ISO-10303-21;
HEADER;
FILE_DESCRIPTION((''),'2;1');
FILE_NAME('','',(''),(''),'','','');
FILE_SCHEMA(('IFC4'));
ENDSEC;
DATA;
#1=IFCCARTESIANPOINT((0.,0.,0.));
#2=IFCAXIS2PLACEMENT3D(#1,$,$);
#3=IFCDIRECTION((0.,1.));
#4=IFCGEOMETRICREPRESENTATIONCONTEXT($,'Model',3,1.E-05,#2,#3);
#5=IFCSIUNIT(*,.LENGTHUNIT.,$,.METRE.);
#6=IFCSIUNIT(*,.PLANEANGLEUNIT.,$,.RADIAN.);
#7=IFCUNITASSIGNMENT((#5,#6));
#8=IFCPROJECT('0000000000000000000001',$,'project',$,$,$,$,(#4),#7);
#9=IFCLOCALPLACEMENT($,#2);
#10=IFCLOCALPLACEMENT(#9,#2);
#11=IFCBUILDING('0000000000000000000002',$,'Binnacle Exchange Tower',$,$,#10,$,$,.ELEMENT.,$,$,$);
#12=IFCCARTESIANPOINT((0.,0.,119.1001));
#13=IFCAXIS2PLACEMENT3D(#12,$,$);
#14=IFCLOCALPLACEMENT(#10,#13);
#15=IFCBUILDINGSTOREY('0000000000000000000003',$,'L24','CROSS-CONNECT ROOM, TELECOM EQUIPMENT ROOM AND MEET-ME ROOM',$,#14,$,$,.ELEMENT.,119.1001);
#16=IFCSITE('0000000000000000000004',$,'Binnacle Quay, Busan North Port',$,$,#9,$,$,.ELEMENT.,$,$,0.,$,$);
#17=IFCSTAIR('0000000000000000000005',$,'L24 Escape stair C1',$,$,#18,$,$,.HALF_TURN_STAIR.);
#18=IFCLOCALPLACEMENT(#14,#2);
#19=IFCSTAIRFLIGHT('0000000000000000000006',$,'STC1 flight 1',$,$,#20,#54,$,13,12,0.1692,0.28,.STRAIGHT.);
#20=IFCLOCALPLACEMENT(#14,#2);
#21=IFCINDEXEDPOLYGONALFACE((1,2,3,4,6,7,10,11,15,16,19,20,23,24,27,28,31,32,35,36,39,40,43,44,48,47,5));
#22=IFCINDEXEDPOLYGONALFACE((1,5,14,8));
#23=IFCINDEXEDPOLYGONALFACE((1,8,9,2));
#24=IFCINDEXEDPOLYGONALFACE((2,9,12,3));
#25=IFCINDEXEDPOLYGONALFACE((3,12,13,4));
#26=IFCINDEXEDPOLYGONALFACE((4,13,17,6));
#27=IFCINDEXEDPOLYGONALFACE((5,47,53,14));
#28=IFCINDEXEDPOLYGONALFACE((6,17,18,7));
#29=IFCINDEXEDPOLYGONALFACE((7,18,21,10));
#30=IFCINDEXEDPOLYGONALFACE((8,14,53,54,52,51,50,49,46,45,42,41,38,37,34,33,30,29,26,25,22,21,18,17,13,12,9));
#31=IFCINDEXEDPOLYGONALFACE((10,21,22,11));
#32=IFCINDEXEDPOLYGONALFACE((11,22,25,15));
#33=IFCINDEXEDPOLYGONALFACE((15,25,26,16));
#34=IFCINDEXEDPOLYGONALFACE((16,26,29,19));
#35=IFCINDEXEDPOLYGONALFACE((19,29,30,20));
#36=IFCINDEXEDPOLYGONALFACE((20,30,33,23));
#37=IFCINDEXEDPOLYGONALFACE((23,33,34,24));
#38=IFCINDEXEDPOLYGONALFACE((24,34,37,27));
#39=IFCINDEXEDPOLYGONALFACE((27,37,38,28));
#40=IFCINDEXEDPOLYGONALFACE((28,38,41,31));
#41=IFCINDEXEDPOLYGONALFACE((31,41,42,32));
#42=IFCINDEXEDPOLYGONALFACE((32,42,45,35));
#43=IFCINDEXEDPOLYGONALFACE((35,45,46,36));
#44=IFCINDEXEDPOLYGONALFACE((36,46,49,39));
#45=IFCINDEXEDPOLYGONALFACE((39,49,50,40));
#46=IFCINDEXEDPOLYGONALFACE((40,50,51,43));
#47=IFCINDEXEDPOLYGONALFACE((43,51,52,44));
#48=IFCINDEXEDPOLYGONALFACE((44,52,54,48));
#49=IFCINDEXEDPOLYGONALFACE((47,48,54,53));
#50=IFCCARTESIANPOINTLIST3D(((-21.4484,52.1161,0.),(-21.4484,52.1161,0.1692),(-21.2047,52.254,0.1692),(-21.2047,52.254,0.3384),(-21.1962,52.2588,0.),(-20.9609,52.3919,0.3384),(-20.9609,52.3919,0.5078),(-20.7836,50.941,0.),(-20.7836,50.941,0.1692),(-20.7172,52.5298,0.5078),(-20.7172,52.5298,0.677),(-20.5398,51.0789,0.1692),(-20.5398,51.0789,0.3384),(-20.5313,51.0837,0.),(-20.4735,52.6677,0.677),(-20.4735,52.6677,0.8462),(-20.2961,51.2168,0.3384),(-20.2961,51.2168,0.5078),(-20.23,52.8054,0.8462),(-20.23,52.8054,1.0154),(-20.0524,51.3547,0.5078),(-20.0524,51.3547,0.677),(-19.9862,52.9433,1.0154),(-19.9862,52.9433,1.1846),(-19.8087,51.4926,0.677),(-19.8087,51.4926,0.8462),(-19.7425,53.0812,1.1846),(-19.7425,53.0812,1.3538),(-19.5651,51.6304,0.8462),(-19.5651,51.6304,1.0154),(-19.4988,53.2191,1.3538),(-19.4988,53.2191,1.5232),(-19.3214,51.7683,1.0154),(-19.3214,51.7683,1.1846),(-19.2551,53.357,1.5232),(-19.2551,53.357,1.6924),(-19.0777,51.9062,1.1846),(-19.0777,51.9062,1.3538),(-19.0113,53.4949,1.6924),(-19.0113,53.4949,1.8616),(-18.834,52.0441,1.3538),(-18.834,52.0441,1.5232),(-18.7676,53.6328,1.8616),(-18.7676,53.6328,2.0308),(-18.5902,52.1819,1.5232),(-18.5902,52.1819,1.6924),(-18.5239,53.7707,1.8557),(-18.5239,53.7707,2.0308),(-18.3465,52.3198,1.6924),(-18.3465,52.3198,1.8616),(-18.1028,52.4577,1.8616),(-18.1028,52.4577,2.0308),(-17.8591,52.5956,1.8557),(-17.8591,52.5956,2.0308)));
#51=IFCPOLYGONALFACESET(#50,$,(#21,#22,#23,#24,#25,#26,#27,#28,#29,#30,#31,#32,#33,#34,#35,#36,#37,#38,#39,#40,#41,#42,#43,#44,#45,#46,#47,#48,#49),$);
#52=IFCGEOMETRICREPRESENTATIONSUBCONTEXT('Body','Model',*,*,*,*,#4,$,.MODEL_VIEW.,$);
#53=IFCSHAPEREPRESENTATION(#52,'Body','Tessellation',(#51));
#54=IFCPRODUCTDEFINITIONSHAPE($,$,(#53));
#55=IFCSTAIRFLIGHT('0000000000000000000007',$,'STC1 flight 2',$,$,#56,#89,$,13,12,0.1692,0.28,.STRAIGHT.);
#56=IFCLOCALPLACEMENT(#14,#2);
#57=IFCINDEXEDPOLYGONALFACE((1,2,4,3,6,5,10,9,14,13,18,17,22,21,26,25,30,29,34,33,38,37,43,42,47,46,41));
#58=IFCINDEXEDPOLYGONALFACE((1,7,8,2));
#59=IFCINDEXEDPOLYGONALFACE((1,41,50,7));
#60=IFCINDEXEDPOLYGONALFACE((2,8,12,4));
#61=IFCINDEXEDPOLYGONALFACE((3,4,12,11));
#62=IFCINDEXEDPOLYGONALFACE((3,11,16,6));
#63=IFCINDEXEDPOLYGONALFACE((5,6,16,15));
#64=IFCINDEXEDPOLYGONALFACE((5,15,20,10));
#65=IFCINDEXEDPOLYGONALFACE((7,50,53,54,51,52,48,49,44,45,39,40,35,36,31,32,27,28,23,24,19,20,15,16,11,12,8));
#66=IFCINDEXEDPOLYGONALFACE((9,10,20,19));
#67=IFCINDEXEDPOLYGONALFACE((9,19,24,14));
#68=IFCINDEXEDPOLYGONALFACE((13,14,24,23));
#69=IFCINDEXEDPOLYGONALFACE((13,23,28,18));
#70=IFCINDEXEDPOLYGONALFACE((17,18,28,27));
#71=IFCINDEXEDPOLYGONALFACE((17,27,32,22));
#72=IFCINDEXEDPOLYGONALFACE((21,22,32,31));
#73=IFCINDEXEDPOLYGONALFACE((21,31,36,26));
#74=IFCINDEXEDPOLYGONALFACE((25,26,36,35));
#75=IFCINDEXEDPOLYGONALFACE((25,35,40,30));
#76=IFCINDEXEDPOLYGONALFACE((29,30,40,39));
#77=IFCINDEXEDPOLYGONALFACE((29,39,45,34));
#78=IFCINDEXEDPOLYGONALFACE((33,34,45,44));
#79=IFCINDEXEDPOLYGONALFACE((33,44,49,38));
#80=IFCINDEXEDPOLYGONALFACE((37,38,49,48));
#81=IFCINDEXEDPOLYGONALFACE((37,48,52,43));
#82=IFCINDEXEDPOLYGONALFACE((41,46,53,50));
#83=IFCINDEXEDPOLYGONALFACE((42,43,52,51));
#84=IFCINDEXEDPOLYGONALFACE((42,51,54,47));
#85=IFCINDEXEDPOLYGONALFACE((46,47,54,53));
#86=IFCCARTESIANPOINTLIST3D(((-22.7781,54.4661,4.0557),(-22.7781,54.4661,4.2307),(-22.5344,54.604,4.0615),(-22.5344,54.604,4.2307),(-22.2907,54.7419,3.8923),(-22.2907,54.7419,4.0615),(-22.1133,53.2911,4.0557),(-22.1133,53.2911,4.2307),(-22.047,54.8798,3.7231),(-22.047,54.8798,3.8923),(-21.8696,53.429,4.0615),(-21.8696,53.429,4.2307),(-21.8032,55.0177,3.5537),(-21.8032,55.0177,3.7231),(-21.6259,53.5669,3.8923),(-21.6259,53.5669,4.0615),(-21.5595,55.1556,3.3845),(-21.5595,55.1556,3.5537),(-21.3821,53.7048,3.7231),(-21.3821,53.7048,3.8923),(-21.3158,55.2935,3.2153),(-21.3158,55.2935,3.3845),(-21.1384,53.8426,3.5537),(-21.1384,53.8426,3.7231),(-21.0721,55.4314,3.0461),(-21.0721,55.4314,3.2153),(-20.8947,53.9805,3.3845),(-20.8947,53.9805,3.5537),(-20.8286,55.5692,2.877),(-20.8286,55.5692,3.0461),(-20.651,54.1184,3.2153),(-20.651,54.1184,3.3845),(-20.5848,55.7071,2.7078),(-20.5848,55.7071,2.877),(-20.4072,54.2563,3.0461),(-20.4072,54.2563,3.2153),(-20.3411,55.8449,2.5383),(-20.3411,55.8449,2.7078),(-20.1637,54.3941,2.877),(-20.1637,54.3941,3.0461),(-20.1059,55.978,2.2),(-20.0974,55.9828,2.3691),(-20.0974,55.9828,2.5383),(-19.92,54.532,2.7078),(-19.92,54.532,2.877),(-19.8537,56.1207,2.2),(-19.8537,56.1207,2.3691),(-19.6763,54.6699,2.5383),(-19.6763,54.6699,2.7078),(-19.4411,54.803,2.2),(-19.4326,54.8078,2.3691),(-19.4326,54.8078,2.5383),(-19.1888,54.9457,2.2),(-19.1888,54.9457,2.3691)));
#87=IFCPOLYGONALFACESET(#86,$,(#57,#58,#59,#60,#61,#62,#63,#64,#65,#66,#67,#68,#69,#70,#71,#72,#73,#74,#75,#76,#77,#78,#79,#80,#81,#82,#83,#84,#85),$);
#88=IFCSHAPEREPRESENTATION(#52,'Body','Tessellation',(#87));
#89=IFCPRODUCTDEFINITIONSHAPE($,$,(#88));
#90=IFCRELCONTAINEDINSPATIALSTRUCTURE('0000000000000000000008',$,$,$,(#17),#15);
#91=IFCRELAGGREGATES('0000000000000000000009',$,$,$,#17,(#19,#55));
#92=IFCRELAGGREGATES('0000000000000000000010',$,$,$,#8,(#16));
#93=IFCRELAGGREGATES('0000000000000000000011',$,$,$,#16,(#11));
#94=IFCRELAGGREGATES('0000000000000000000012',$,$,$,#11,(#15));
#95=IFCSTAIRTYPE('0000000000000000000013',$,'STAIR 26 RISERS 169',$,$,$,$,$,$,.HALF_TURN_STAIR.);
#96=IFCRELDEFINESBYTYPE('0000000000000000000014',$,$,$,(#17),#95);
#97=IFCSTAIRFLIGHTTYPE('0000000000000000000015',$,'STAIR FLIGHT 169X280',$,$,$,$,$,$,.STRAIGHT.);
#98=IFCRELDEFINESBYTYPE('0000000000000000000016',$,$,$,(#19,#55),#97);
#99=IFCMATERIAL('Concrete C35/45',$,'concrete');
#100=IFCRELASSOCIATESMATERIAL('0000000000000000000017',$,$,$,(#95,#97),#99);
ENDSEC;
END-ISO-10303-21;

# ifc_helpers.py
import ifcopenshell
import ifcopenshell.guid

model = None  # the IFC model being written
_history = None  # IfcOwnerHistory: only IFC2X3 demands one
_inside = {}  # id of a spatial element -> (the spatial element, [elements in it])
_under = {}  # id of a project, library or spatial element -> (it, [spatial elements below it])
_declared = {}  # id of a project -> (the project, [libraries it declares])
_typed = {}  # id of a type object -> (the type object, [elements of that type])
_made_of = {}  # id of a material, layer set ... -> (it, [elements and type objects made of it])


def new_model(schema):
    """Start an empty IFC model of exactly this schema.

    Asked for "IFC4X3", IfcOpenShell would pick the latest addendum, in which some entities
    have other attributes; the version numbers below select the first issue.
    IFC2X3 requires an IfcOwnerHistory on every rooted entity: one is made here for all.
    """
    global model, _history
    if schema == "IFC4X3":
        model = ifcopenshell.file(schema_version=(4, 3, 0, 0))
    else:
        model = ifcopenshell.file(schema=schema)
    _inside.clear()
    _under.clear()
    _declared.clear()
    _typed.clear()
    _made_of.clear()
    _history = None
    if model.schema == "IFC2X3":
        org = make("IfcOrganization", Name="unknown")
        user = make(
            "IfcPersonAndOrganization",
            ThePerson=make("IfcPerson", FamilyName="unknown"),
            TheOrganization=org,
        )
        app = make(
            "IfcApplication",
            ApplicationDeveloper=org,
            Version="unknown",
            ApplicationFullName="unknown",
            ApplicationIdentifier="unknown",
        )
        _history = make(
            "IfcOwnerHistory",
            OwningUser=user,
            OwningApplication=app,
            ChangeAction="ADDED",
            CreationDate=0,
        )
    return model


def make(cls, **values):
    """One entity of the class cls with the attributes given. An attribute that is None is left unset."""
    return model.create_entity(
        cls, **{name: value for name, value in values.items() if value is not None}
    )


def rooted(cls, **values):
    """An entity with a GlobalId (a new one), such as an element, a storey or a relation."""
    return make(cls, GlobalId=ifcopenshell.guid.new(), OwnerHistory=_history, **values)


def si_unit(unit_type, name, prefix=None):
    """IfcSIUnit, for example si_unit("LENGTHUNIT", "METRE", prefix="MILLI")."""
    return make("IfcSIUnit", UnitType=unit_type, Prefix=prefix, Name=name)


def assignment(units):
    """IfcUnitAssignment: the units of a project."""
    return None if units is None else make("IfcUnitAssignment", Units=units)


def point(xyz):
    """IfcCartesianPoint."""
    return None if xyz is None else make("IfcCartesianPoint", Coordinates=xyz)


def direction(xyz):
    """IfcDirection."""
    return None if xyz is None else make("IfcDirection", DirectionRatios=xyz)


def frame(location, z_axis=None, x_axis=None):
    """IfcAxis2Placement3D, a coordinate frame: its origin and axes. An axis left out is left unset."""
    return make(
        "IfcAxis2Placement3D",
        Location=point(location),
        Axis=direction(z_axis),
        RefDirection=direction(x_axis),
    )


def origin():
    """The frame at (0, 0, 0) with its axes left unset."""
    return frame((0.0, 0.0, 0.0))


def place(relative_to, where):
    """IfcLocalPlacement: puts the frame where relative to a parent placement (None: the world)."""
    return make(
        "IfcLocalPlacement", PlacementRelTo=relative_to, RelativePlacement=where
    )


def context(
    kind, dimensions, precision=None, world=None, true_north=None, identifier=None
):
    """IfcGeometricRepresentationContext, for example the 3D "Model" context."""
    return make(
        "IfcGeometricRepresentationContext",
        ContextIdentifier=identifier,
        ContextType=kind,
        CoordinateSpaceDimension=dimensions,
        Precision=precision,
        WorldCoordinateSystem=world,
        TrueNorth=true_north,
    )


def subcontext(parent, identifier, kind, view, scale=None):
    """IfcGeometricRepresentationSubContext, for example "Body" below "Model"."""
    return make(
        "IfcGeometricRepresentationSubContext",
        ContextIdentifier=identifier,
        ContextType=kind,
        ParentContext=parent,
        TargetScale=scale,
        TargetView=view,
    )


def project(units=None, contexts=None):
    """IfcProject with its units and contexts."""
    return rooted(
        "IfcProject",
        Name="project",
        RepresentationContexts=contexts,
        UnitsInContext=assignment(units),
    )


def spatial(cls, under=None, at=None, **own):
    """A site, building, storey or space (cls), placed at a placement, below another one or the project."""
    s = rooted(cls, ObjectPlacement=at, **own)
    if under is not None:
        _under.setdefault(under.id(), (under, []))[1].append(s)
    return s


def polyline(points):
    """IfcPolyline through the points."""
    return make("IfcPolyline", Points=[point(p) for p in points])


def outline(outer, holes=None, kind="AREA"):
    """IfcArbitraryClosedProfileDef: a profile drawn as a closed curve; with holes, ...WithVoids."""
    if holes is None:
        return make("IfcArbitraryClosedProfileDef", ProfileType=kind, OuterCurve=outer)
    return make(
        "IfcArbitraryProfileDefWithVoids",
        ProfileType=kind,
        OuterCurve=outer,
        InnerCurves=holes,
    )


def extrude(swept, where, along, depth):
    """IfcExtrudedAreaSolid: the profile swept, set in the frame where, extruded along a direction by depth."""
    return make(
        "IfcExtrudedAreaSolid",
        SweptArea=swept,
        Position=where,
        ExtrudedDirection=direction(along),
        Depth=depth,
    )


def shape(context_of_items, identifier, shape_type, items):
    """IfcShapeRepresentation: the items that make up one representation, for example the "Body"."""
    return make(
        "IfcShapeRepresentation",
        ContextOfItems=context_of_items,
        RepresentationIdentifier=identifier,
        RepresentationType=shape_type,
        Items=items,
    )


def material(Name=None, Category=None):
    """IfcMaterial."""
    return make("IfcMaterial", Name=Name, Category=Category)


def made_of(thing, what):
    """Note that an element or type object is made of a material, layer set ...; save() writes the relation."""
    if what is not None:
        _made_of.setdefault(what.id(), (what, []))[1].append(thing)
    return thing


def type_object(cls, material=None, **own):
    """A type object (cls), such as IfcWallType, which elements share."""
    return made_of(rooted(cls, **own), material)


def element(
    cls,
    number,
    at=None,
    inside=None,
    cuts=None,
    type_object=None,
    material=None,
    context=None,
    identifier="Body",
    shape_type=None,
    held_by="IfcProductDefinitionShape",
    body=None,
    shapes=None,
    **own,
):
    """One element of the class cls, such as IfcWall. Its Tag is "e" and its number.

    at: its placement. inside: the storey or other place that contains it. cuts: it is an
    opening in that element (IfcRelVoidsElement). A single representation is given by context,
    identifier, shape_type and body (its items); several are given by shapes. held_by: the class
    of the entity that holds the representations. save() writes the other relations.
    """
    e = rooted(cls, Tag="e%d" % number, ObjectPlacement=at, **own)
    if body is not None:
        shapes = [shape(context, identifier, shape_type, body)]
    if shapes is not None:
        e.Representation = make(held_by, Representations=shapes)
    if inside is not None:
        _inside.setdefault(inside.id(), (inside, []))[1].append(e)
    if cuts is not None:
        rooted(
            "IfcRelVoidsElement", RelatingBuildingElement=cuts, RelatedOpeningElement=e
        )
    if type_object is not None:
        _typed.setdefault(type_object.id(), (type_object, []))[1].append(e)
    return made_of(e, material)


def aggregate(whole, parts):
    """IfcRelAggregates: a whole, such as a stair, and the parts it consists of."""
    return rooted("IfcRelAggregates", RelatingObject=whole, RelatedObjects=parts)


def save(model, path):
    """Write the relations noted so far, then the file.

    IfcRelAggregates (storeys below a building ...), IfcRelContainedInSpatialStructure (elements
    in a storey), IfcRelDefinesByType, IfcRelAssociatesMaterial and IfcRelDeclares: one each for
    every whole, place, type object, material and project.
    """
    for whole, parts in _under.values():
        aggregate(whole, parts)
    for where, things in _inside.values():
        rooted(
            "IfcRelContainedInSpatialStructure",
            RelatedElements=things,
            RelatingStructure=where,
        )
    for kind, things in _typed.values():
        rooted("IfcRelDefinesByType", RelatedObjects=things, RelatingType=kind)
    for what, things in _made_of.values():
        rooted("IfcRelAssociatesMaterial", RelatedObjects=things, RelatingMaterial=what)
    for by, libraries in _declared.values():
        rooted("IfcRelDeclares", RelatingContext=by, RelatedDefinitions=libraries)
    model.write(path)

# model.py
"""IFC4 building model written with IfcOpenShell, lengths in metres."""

from ifc_helpers import new_model, si_unit, direction, frame, origin, place, context, subcontext, project, spatial, polyline, outline, extrude, material, type_object, element, aggregate, save


model = new_model("IFC4")

# Units and contexts
model_context = context("Model", 3, precision=1e-05, world=origin(), true_north=direction((0.0, 1.0)))
body_context = subcontext(model_context, "Body", "Model", "MODEL_VIEW")
ifc_project = project(units=[si_unit("LENGTHUNIT", "METRE"), si_unit("PLANEANGLEUNIT", "RADIAN")], contexts=[model_context])

# Site, building, storey
site_placement = place(None, origin())
site = spatial("IfcSite", under=ifc_project, at=site_placement, Name="Binnacle Quay, Busan North Port", CompositionType="ELEMENT", RefElevation=0.0)
building_placement = place(site_placement, origin())
building = spatial("IfcBuilding", under=site, at=building_placement, Name="Binnacle Exchange Tower", CompositionType="ELEMENT")
storey_placement = place(building_placement, frame((0.0, 0.0, 119.1001)))
storey = spatial("IfcBuildingStorey", under=building, at=storey_placement, Name="L24", Description="CROSS-CONNECT ROOM, TELECOM EQUIPMENT ROOM AND MEET-ME ROOM", CompositionType="ELEMENT", Elevation=119.1001)

# Stair, stair flights
ifc_material_1 = material(Name="Concrete C35/45", Category="concrete")
stair_type = type_object("IfcStairType", Name="STAIR 26 RISERS 169", PredefinedType="HALF_TURN_STAIR", material=ifc_material_1)
stair_placement = place(storey_placement, origin())
stair = element("IfcStair", 1, at=stair_placement, inside=storey, type_object=stair_type, Name="L24 Escape stair C1", PredefinedType="HALF_TURN_STAIR")
stair_flight_type = type_object("IfcStairFlightType", Name="STAIR FLIGHT 169X280", PredefinedType="STRAIGHT", material=ifc_material_1)
stair_flight_1_placement = place(storey_placement, frame((-21.116, 51.5286, 0.0), z_axis=(0.0, 0.0, 1.0), x_axis=(0.870356, 0.492424, 0.0)))
stair_flight_1 = element("IfcStairFlight", 2, at=stair_flight_1_placement, type_object=stair_flight_type, Name="STC1 flight 1", NumberOfRisers=13, NumberOfTreads=12, PredefinedType="STRAIGHT", RiserHeight=0.1692, TreadLength=0.28, context=body_context, shape_type="SweptSolid", body=[
    extrude(outline(polyline([(0.0, 0.0), (0.0, 0.1692), (0.28, 0.1692), (0.28, 0.3384), (0.5601, 0.3384), (0.5601, 0.5078), (0.8401, 0.5078), (0.8401, 0.677), (1.1201, 0.677), (1.1201, 0.8462), (1.3999, 0.8462), (1.3999, 1.0154), (1.6799, 1.0154), (1.6799, 1.1846), (1.96, 1.1846), (1.96, 1.3538), (2.24, 1.3538), (2.24, 1.5232), (2.52, 1.5232), (2.52, 1.6924), (2.8, 1.6924), (2.8, 1.8616), (3.0801, 1.8616), (3.0801, 2.0308), (3.3601, 2.0308), (3.3601, 2.2), (3.3601, 1.8557), (0.2898, 0.0), (0.0, 0.0)])), frame((0.0, 0.675, 0.0), z_axis=(0.0, -1.0, 0.0), x_axis=(1.0, 0.0, 0.0)), (0.0, 0.0, 1.0), 1.3501),
])
stair_flight_2_placement = place(storey_placement, frame((-19.5212, 55.5332, 2.2), z_axis=(0.0, 0.0, 1.0), x_axis=(-0.870356, -0.492424, 0.0)))
stair_flight_2 = element("IfcStairFlight", 3, at=stair_flight_2_placement, type_object=stair_flight_type, Name="STC1 flight 2", NumberOfRisers=13, NumberOfTreads=12, PredefinedType="STRAIGHT", RiserHeight=0.1692, TreadLength=0.28, context=body_context, shape_type="SweptSolid", body=[
    extrude(outline(polyline([(0.0, 0.0), (0.0, 0.1692), (0.28, 0.1692), (0.28, 0.3384), (0.5601, 0.3384), (0.5601, 0.5078), (0.8401, 0.5078), (0.8401, 0.677), (1.1201, 0.677), (1.1201, 0.8462), (1.3999, 0.8462), (1.3999, 1.0154), (1.6799, 1.0154), (1.6799, 1.1846), (1.96, 1.1846), (1.96, 1.3538), (2.24, 1.3538), (2.24, 1.5232), (2.52, 1.5232), (2.52, 1.6924), (2.8, 1.6924), (2.8, 1.8616), (3.0801, 1.8616), (3.0801, 2.0308), (3.3601, 2.0308), (3.3601, 2.2), (3.3601, 1.8557), (0.2898, 0.0), (0.0, 0.0)])), frame((0.0, 0.675, 0.0), z_axis=(0.0, -1.0, 0.0), x_axis=(1.0, 0.0, 0.0)), (0.0, 0.0, 1.0), 1.3501),
])
aggregate(stair, [stair_flight_1, stair_flight_2])

save(model, "model.ifc")
